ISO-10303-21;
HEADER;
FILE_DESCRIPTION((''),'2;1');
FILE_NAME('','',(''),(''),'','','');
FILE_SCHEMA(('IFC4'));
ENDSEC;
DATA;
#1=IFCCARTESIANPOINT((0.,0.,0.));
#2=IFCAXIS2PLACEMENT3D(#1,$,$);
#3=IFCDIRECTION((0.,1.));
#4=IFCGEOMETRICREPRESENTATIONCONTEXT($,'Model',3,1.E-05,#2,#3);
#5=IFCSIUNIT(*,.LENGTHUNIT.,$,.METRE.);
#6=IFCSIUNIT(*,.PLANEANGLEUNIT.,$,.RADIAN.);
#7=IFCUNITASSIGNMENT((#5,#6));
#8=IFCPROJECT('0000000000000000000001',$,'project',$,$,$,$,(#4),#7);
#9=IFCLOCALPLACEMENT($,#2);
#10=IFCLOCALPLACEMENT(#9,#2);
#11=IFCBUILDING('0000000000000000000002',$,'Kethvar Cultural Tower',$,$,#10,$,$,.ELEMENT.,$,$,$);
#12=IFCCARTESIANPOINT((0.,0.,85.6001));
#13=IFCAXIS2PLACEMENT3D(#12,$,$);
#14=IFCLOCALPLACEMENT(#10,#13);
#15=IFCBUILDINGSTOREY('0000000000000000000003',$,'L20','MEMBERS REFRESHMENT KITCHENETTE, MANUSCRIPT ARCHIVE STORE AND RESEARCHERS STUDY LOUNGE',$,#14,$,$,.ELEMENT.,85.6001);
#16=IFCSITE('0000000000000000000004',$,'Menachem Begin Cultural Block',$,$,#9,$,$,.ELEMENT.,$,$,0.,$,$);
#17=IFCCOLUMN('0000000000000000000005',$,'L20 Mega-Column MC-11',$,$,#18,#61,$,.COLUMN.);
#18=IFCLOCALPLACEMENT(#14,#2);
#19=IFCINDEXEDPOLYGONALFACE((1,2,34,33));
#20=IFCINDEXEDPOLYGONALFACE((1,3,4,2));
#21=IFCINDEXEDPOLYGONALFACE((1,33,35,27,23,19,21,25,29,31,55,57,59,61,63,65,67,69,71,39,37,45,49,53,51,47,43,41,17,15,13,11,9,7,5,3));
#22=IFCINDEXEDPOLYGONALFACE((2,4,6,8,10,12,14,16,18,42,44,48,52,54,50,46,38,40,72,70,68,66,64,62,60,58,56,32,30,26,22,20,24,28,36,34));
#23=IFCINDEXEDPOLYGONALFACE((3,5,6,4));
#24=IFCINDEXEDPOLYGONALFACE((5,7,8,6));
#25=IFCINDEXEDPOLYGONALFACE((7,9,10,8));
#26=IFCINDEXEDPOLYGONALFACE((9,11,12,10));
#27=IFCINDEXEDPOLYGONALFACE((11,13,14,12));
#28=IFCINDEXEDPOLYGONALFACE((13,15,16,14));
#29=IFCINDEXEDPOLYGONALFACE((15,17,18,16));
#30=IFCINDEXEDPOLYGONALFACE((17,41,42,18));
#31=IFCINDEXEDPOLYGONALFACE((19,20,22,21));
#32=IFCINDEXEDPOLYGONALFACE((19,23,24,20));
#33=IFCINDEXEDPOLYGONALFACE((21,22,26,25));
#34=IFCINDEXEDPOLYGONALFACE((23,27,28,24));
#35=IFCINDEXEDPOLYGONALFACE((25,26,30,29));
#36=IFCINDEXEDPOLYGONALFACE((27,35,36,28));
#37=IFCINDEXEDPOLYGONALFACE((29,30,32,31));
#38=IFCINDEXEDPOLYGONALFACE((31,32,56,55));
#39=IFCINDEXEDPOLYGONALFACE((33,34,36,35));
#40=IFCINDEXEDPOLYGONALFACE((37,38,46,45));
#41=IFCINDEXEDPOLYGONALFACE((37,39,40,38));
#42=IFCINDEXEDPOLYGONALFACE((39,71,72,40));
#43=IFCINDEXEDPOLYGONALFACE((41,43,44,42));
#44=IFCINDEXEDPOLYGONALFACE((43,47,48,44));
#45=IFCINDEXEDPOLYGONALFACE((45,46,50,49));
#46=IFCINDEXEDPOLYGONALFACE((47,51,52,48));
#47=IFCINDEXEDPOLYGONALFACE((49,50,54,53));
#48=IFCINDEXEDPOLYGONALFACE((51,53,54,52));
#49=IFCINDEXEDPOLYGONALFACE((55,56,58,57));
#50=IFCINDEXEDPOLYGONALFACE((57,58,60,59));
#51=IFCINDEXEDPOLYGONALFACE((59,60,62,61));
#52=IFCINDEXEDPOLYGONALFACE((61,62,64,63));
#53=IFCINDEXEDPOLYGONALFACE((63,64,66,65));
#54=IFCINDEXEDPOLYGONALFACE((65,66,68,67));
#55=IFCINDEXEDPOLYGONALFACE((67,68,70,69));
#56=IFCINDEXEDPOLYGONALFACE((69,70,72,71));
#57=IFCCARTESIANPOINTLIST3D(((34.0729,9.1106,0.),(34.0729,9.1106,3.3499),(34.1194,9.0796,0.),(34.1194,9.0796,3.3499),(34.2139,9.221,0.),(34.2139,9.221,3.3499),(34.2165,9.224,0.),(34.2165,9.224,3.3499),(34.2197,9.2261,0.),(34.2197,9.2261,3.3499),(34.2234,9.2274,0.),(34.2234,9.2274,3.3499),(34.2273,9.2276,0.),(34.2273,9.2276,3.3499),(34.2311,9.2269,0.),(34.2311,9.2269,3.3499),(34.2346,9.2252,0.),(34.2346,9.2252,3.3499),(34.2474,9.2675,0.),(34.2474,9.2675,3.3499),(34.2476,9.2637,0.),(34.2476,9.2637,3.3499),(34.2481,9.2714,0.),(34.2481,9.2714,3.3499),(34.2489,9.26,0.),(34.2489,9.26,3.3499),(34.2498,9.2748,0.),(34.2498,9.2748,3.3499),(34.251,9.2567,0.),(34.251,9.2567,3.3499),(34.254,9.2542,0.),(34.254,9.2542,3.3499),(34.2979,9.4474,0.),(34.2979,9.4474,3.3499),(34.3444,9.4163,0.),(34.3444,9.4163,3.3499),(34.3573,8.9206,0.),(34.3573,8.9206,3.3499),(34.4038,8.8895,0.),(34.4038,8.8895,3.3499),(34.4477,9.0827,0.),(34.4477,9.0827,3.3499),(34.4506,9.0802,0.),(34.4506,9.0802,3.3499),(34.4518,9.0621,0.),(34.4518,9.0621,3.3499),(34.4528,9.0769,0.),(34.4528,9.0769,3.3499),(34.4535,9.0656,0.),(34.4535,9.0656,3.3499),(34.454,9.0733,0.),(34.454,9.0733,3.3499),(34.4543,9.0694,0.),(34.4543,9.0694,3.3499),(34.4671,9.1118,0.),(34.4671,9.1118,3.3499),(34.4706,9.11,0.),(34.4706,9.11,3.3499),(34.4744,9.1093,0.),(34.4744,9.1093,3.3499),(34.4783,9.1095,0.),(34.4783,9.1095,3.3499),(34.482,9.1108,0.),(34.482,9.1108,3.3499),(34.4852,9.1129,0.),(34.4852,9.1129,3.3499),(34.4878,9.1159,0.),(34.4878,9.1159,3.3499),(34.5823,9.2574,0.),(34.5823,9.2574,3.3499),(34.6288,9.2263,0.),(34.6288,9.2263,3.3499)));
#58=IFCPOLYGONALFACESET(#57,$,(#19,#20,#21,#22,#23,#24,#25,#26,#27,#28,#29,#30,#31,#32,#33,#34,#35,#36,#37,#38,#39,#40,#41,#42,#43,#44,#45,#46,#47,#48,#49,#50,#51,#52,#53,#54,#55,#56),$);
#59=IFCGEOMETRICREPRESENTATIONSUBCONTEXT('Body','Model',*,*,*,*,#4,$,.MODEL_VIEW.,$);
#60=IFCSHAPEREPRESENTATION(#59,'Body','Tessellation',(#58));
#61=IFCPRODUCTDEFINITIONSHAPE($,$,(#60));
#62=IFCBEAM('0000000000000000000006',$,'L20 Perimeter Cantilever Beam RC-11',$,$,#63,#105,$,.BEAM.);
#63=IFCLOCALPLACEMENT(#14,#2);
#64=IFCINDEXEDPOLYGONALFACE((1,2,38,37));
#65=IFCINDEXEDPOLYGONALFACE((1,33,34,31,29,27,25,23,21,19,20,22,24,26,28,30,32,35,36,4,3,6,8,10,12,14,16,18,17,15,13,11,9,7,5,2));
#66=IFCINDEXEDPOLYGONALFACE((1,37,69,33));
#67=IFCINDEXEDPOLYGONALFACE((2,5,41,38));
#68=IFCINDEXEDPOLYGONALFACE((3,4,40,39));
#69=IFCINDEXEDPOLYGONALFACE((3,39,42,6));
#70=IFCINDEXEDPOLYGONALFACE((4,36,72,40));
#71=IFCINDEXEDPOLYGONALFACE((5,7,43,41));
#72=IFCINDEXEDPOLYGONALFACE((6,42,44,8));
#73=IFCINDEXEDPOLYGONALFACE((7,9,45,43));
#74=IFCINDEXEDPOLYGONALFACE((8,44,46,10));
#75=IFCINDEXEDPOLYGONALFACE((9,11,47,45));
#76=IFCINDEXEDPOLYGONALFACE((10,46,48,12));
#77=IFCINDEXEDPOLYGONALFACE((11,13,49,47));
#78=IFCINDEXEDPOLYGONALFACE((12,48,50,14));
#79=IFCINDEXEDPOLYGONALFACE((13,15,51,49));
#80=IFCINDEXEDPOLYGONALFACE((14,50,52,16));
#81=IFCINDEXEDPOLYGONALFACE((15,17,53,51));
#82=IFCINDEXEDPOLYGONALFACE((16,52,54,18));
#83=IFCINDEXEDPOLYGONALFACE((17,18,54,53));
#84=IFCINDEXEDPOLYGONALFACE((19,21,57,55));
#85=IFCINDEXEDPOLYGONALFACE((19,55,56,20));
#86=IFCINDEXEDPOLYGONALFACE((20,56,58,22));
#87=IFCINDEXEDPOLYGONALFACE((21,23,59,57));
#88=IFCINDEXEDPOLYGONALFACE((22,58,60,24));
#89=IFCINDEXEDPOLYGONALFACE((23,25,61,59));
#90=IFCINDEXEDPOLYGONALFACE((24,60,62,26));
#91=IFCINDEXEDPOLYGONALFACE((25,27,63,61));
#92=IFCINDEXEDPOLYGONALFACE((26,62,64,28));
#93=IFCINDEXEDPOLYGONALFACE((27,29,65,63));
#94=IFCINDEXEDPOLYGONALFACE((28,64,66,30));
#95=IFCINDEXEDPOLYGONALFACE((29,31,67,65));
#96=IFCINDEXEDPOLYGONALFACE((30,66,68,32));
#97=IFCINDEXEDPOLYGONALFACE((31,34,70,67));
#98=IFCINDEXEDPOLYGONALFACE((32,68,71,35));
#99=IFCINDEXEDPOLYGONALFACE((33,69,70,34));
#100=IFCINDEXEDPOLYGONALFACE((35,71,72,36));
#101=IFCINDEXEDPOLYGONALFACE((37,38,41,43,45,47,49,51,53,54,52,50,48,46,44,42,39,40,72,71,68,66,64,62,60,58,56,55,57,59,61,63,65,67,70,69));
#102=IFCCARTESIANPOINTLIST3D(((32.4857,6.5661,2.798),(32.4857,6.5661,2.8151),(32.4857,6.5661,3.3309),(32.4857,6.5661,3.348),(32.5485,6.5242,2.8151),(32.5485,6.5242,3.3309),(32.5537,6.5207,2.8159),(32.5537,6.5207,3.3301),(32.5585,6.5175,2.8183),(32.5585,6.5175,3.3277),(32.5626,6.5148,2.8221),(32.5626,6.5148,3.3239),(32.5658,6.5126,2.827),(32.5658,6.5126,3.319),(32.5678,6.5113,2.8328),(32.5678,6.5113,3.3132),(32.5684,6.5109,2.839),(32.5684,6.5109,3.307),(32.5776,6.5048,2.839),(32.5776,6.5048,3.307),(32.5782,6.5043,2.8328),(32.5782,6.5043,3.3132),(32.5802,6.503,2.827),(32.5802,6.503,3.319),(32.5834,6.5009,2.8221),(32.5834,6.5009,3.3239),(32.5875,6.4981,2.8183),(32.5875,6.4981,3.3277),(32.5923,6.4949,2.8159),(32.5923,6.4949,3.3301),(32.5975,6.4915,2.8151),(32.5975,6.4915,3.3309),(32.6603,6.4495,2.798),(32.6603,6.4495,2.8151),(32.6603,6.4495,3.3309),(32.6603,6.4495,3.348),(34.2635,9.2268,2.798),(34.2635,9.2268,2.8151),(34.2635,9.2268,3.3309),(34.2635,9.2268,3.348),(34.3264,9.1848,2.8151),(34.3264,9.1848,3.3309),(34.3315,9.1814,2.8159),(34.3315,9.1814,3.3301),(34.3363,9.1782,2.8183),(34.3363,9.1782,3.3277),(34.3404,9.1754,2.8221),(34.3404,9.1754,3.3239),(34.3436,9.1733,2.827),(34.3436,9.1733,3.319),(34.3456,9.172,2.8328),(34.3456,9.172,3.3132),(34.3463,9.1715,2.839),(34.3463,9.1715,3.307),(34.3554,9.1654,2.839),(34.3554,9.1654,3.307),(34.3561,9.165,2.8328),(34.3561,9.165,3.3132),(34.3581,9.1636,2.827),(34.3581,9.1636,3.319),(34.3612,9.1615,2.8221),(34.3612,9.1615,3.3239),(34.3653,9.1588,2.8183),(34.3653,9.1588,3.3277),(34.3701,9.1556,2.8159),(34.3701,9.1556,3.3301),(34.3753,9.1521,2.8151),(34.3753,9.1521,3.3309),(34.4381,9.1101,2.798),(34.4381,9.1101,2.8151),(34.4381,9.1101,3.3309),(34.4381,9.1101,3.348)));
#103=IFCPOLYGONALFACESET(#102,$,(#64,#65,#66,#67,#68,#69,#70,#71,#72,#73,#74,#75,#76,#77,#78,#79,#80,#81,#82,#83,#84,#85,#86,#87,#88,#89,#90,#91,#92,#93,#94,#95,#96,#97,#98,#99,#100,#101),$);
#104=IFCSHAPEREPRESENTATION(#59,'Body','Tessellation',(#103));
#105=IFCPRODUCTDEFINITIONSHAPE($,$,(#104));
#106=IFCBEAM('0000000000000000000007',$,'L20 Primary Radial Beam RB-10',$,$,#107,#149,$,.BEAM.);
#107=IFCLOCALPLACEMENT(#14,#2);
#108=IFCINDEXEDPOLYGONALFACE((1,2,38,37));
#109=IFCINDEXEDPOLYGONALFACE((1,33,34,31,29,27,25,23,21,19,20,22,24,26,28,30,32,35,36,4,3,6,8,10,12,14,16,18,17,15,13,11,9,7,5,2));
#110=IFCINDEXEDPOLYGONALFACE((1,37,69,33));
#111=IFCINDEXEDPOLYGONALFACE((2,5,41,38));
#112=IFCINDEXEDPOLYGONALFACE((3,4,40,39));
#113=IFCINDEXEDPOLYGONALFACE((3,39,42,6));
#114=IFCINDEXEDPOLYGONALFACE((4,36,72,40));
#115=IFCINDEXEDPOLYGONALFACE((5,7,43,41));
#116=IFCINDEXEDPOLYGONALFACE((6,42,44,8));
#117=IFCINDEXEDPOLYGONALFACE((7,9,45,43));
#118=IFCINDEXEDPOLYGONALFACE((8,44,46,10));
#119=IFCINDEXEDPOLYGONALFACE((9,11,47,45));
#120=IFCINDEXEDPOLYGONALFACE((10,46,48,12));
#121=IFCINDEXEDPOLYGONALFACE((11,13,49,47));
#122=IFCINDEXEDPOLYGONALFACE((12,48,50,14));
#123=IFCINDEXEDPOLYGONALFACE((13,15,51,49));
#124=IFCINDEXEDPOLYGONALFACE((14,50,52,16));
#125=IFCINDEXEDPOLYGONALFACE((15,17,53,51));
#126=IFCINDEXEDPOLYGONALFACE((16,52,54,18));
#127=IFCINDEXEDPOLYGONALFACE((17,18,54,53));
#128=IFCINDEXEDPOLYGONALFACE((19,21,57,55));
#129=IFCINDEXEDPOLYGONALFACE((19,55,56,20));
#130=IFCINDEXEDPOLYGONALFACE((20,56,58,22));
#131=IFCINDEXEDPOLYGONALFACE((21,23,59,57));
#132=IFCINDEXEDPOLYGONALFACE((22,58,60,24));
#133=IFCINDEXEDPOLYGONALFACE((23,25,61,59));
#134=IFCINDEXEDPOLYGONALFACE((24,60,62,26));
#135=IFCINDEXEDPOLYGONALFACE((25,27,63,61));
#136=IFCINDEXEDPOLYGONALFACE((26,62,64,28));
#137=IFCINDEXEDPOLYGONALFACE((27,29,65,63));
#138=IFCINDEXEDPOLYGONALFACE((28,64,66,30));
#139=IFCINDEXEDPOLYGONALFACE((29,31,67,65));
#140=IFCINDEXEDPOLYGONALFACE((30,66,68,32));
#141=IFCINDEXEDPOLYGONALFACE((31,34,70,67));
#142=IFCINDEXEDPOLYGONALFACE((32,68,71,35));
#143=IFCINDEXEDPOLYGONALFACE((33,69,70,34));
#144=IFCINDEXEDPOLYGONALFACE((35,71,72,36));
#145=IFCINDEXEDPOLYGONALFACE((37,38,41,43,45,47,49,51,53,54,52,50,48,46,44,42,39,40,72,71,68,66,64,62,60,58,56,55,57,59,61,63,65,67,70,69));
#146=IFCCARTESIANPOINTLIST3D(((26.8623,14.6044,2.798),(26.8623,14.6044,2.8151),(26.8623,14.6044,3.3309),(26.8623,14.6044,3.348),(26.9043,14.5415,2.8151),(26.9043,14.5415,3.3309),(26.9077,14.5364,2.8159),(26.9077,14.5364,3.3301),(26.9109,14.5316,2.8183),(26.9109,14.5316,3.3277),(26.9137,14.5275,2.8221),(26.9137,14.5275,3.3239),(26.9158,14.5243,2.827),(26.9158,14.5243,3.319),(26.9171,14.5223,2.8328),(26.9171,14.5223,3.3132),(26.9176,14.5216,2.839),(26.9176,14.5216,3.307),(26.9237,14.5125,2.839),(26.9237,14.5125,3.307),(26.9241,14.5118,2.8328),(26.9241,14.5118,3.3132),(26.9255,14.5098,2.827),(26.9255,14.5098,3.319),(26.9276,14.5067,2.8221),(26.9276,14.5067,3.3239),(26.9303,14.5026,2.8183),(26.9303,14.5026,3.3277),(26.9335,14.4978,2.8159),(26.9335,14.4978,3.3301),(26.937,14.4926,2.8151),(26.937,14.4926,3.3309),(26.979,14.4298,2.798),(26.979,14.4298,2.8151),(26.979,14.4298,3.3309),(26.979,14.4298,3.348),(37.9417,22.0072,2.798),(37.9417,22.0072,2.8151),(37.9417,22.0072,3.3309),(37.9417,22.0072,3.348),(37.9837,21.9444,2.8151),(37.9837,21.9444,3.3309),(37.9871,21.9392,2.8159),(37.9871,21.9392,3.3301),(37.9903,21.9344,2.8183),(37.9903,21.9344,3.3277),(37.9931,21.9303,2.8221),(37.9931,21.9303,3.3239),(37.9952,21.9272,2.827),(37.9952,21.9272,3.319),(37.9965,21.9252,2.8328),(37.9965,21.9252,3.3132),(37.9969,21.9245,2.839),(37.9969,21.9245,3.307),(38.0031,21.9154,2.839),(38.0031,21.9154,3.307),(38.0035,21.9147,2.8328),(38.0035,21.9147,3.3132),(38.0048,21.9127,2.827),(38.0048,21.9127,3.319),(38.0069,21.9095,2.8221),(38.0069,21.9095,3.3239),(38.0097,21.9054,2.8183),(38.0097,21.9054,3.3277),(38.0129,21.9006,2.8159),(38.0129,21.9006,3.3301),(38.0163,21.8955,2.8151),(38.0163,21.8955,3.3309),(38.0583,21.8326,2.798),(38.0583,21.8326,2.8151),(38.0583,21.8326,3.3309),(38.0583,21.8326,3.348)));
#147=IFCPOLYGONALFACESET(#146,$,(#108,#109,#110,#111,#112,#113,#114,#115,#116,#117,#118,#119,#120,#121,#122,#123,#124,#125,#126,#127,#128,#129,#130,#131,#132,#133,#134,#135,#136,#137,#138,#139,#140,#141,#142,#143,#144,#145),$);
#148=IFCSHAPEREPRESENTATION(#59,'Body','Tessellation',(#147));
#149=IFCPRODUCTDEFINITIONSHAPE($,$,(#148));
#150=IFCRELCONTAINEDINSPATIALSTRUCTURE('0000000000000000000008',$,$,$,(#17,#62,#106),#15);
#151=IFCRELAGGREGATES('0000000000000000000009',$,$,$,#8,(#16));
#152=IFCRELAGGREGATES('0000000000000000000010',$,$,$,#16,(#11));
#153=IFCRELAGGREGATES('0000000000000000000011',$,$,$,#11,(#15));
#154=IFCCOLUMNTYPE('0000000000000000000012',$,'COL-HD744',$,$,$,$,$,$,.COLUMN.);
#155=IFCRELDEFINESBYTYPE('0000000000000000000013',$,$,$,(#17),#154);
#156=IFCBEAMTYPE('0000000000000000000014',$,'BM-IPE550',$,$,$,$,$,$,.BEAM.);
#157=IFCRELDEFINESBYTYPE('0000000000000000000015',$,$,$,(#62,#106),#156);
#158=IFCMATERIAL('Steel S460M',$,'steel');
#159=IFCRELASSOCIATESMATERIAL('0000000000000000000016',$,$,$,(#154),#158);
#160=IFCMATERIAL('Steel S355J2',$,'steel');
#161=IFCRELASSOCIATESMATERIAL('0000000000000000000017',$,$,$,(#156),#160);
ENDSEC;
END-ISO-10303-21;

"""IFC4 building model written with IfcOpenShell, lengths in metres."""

from ifc_helpers import new_model, si_unit, direction, frame, origin, origin_2d, place, context, subcontext, project, spatial, i_section, extrude, source, transform, mapped, material, material_profile, profile_set, type_object, element, save


model = new_model("IFC4")

# Units and contexts
model_context = context("Model", 3, precision=1e-05, world=origin(), true_north=direction((0.0, 1.0)))
body_context = subcontext(model_context, "Body", "Model", "MODEL_VIEW")
ifc_project = project(units=[si_unit("LENGTHUNIT", "METRE"), si_unit("PLANEANGLEUNIT", "RADIAN")], contexts=[model_context])

# Site, building, storey
site_placement = place(None, origin())
site = spatial("IfcSite", under=ifc_project, at=site_placement, Name="Menachem Begin Cultural Block", CompositionType="ELEMENT", RefElevation=0.0)
building_placement = place(site_placement, origin())
building = spatial("IfcBuilding", under=site, at=building_placement, Name="Kethvar Cultural Tower", CompositionType="ELEMENT")
storey_placement = place(building_placement, frame((0.0, 0.0, 85.6001)))
storey = spatial("IfcBuildingStorey", under=building, at=storey_placement, Name="L20", Description="MEMBERS REFRESHMENT KITCHENETTE, MANUSCRIPT ARCHIVE STORE AND RESEARCHERS STUDY LOUNGE", CompositionType="ELEMENT", Elevation=85.6001)

# Column
ifc_material_1 = material(Name="Steel S460M", Category="steel")
ifc_material_profile_1 = material_profile(ifc_material_1, i_section(OverallWidth=0.405, OverallDepth=0.3979, WebThickness=0.0349, FlangeThickness=0.0559, FilletRadius=0.0149, at=origin_2d()), Name="Steel S460M — HD400x744")
ifc_profile_set_1 = profile_set([ifc_material_profile_1], Name="Steel S460M — HD400x744")
column_type = type_object("IfcColumnType", Name="COL-HD744", PredefinedType="COLUMN", material=ifc_profile_set_1)
shared_shape_1 = source(origin(), body_context, "Body", "SweptSolid", [
    extrude(i_section(OverallWidth=0.405, OverallDepth=0.3979, WebThickness=0.0349, FlangeThickness=0.0559, FilletRadius=0.0149, at=origin_2d()), origin(), (0.0, 0.0, 1.0), 3.3499),
])
column_placement = place(storey_placement, frame((34.3508, 9.1685, 0.0), z_axis=(0.0, 0.0, 1.0), x_axis=(-0.55557, -0.83147, 0.0)))
element("IfcColumn", 1, at=column_placement, inside=storey, type_object=column_type, Name="L20 Mega-Column MC-11", PredefinedType="COLUMN", context=body_context, shape_type="MappedRepresentation", body=[
    mapped(shared_shape_1, transform((0.0, 0.0, 0.0), scale=1.0)),
])

# Beams
ifc_material_2 = material(Name="Steel S355J2", Category="steel")
ifc_material_profile_2 = material_profile(ifc_material_2, i_section(OverallWidth=0.21, OverallDepth=0.55, WebThickness=0.011, FlangeThickness=0.0171, FilletRadius=0.0239, at=origin_2d()), Name="Steel S355J2 — IPE550")
ifc_profile_set_2 = profile_set([ifc_material_profile_2], Name="Steel S355J2 — IPE550")
beam_type_1 = type_object("IfcBeamType", Name="BM-IPE550", PredefinedType="BEAM", material=ifc_profile_set_2)
shared_shape_2 = source(origin(), body_context, "Body", "SweptSolid", [
    extrude(i_section(OverallWidth=0.21, OverallDepth=0.55, WebThickness=0.011, FlangeThickness=0.0171, FilletRadius=0.0239, at=origin_2d()), origin(), (0.0, 0.0, 1.0), 3.2),
])
beam_1_placement = place(storey_placement, frame((34.3508, 9.1685, 3.073), z_axis=(-0.55558, -0.831463, 0.0), x_axis=(0.831463, -0.55558, 0.0)))
element("IfcBeam", 2, at=beam_1_placement, inside=storey, type_object=beam_type_1, Name="L20 Perimeter Cantilever Beam RC-11", PredefinedType="BEAM", context=body_context, shape_type="MappedRepresentation", body=[
    mapped(shared_shape_2, transform((0.0, 0.0, 0.0), scale=1.0)),
])
shared_shape_3 = source(origin(), body_context, "Body", "SweptSolid", [
    extrude(i_section(OverallWidth=0.21, OverallDepth=0.55, WebThickness=0.011, FlangeThickness=0.0171, FilletRadius=0.0239, at=origin_2d()), origin(), (0.0, 0.0, 1.0), 13.325),
])
beam_2_placement = place(storey_placement, frame((38.0, 21.9199, 3.073), z_axis=(-0.831475, -0.555562, 0.0), x_axis=(0.555562, -0.831475, 0.0)))
element("IfcBeam", 3, at=beam_2_placement, inside=storey, type_object=beam_type_1, Name="L20 Primary Radial Beam RB-10", PredefinedType="BEAM", context=body_context, shape_type="MappedRepresentation", body=[
    mapped(shared_shape_3, transform((0.0, 0.0, 0.0), scale=1.0)),
])

save(model, "model.ifc")
